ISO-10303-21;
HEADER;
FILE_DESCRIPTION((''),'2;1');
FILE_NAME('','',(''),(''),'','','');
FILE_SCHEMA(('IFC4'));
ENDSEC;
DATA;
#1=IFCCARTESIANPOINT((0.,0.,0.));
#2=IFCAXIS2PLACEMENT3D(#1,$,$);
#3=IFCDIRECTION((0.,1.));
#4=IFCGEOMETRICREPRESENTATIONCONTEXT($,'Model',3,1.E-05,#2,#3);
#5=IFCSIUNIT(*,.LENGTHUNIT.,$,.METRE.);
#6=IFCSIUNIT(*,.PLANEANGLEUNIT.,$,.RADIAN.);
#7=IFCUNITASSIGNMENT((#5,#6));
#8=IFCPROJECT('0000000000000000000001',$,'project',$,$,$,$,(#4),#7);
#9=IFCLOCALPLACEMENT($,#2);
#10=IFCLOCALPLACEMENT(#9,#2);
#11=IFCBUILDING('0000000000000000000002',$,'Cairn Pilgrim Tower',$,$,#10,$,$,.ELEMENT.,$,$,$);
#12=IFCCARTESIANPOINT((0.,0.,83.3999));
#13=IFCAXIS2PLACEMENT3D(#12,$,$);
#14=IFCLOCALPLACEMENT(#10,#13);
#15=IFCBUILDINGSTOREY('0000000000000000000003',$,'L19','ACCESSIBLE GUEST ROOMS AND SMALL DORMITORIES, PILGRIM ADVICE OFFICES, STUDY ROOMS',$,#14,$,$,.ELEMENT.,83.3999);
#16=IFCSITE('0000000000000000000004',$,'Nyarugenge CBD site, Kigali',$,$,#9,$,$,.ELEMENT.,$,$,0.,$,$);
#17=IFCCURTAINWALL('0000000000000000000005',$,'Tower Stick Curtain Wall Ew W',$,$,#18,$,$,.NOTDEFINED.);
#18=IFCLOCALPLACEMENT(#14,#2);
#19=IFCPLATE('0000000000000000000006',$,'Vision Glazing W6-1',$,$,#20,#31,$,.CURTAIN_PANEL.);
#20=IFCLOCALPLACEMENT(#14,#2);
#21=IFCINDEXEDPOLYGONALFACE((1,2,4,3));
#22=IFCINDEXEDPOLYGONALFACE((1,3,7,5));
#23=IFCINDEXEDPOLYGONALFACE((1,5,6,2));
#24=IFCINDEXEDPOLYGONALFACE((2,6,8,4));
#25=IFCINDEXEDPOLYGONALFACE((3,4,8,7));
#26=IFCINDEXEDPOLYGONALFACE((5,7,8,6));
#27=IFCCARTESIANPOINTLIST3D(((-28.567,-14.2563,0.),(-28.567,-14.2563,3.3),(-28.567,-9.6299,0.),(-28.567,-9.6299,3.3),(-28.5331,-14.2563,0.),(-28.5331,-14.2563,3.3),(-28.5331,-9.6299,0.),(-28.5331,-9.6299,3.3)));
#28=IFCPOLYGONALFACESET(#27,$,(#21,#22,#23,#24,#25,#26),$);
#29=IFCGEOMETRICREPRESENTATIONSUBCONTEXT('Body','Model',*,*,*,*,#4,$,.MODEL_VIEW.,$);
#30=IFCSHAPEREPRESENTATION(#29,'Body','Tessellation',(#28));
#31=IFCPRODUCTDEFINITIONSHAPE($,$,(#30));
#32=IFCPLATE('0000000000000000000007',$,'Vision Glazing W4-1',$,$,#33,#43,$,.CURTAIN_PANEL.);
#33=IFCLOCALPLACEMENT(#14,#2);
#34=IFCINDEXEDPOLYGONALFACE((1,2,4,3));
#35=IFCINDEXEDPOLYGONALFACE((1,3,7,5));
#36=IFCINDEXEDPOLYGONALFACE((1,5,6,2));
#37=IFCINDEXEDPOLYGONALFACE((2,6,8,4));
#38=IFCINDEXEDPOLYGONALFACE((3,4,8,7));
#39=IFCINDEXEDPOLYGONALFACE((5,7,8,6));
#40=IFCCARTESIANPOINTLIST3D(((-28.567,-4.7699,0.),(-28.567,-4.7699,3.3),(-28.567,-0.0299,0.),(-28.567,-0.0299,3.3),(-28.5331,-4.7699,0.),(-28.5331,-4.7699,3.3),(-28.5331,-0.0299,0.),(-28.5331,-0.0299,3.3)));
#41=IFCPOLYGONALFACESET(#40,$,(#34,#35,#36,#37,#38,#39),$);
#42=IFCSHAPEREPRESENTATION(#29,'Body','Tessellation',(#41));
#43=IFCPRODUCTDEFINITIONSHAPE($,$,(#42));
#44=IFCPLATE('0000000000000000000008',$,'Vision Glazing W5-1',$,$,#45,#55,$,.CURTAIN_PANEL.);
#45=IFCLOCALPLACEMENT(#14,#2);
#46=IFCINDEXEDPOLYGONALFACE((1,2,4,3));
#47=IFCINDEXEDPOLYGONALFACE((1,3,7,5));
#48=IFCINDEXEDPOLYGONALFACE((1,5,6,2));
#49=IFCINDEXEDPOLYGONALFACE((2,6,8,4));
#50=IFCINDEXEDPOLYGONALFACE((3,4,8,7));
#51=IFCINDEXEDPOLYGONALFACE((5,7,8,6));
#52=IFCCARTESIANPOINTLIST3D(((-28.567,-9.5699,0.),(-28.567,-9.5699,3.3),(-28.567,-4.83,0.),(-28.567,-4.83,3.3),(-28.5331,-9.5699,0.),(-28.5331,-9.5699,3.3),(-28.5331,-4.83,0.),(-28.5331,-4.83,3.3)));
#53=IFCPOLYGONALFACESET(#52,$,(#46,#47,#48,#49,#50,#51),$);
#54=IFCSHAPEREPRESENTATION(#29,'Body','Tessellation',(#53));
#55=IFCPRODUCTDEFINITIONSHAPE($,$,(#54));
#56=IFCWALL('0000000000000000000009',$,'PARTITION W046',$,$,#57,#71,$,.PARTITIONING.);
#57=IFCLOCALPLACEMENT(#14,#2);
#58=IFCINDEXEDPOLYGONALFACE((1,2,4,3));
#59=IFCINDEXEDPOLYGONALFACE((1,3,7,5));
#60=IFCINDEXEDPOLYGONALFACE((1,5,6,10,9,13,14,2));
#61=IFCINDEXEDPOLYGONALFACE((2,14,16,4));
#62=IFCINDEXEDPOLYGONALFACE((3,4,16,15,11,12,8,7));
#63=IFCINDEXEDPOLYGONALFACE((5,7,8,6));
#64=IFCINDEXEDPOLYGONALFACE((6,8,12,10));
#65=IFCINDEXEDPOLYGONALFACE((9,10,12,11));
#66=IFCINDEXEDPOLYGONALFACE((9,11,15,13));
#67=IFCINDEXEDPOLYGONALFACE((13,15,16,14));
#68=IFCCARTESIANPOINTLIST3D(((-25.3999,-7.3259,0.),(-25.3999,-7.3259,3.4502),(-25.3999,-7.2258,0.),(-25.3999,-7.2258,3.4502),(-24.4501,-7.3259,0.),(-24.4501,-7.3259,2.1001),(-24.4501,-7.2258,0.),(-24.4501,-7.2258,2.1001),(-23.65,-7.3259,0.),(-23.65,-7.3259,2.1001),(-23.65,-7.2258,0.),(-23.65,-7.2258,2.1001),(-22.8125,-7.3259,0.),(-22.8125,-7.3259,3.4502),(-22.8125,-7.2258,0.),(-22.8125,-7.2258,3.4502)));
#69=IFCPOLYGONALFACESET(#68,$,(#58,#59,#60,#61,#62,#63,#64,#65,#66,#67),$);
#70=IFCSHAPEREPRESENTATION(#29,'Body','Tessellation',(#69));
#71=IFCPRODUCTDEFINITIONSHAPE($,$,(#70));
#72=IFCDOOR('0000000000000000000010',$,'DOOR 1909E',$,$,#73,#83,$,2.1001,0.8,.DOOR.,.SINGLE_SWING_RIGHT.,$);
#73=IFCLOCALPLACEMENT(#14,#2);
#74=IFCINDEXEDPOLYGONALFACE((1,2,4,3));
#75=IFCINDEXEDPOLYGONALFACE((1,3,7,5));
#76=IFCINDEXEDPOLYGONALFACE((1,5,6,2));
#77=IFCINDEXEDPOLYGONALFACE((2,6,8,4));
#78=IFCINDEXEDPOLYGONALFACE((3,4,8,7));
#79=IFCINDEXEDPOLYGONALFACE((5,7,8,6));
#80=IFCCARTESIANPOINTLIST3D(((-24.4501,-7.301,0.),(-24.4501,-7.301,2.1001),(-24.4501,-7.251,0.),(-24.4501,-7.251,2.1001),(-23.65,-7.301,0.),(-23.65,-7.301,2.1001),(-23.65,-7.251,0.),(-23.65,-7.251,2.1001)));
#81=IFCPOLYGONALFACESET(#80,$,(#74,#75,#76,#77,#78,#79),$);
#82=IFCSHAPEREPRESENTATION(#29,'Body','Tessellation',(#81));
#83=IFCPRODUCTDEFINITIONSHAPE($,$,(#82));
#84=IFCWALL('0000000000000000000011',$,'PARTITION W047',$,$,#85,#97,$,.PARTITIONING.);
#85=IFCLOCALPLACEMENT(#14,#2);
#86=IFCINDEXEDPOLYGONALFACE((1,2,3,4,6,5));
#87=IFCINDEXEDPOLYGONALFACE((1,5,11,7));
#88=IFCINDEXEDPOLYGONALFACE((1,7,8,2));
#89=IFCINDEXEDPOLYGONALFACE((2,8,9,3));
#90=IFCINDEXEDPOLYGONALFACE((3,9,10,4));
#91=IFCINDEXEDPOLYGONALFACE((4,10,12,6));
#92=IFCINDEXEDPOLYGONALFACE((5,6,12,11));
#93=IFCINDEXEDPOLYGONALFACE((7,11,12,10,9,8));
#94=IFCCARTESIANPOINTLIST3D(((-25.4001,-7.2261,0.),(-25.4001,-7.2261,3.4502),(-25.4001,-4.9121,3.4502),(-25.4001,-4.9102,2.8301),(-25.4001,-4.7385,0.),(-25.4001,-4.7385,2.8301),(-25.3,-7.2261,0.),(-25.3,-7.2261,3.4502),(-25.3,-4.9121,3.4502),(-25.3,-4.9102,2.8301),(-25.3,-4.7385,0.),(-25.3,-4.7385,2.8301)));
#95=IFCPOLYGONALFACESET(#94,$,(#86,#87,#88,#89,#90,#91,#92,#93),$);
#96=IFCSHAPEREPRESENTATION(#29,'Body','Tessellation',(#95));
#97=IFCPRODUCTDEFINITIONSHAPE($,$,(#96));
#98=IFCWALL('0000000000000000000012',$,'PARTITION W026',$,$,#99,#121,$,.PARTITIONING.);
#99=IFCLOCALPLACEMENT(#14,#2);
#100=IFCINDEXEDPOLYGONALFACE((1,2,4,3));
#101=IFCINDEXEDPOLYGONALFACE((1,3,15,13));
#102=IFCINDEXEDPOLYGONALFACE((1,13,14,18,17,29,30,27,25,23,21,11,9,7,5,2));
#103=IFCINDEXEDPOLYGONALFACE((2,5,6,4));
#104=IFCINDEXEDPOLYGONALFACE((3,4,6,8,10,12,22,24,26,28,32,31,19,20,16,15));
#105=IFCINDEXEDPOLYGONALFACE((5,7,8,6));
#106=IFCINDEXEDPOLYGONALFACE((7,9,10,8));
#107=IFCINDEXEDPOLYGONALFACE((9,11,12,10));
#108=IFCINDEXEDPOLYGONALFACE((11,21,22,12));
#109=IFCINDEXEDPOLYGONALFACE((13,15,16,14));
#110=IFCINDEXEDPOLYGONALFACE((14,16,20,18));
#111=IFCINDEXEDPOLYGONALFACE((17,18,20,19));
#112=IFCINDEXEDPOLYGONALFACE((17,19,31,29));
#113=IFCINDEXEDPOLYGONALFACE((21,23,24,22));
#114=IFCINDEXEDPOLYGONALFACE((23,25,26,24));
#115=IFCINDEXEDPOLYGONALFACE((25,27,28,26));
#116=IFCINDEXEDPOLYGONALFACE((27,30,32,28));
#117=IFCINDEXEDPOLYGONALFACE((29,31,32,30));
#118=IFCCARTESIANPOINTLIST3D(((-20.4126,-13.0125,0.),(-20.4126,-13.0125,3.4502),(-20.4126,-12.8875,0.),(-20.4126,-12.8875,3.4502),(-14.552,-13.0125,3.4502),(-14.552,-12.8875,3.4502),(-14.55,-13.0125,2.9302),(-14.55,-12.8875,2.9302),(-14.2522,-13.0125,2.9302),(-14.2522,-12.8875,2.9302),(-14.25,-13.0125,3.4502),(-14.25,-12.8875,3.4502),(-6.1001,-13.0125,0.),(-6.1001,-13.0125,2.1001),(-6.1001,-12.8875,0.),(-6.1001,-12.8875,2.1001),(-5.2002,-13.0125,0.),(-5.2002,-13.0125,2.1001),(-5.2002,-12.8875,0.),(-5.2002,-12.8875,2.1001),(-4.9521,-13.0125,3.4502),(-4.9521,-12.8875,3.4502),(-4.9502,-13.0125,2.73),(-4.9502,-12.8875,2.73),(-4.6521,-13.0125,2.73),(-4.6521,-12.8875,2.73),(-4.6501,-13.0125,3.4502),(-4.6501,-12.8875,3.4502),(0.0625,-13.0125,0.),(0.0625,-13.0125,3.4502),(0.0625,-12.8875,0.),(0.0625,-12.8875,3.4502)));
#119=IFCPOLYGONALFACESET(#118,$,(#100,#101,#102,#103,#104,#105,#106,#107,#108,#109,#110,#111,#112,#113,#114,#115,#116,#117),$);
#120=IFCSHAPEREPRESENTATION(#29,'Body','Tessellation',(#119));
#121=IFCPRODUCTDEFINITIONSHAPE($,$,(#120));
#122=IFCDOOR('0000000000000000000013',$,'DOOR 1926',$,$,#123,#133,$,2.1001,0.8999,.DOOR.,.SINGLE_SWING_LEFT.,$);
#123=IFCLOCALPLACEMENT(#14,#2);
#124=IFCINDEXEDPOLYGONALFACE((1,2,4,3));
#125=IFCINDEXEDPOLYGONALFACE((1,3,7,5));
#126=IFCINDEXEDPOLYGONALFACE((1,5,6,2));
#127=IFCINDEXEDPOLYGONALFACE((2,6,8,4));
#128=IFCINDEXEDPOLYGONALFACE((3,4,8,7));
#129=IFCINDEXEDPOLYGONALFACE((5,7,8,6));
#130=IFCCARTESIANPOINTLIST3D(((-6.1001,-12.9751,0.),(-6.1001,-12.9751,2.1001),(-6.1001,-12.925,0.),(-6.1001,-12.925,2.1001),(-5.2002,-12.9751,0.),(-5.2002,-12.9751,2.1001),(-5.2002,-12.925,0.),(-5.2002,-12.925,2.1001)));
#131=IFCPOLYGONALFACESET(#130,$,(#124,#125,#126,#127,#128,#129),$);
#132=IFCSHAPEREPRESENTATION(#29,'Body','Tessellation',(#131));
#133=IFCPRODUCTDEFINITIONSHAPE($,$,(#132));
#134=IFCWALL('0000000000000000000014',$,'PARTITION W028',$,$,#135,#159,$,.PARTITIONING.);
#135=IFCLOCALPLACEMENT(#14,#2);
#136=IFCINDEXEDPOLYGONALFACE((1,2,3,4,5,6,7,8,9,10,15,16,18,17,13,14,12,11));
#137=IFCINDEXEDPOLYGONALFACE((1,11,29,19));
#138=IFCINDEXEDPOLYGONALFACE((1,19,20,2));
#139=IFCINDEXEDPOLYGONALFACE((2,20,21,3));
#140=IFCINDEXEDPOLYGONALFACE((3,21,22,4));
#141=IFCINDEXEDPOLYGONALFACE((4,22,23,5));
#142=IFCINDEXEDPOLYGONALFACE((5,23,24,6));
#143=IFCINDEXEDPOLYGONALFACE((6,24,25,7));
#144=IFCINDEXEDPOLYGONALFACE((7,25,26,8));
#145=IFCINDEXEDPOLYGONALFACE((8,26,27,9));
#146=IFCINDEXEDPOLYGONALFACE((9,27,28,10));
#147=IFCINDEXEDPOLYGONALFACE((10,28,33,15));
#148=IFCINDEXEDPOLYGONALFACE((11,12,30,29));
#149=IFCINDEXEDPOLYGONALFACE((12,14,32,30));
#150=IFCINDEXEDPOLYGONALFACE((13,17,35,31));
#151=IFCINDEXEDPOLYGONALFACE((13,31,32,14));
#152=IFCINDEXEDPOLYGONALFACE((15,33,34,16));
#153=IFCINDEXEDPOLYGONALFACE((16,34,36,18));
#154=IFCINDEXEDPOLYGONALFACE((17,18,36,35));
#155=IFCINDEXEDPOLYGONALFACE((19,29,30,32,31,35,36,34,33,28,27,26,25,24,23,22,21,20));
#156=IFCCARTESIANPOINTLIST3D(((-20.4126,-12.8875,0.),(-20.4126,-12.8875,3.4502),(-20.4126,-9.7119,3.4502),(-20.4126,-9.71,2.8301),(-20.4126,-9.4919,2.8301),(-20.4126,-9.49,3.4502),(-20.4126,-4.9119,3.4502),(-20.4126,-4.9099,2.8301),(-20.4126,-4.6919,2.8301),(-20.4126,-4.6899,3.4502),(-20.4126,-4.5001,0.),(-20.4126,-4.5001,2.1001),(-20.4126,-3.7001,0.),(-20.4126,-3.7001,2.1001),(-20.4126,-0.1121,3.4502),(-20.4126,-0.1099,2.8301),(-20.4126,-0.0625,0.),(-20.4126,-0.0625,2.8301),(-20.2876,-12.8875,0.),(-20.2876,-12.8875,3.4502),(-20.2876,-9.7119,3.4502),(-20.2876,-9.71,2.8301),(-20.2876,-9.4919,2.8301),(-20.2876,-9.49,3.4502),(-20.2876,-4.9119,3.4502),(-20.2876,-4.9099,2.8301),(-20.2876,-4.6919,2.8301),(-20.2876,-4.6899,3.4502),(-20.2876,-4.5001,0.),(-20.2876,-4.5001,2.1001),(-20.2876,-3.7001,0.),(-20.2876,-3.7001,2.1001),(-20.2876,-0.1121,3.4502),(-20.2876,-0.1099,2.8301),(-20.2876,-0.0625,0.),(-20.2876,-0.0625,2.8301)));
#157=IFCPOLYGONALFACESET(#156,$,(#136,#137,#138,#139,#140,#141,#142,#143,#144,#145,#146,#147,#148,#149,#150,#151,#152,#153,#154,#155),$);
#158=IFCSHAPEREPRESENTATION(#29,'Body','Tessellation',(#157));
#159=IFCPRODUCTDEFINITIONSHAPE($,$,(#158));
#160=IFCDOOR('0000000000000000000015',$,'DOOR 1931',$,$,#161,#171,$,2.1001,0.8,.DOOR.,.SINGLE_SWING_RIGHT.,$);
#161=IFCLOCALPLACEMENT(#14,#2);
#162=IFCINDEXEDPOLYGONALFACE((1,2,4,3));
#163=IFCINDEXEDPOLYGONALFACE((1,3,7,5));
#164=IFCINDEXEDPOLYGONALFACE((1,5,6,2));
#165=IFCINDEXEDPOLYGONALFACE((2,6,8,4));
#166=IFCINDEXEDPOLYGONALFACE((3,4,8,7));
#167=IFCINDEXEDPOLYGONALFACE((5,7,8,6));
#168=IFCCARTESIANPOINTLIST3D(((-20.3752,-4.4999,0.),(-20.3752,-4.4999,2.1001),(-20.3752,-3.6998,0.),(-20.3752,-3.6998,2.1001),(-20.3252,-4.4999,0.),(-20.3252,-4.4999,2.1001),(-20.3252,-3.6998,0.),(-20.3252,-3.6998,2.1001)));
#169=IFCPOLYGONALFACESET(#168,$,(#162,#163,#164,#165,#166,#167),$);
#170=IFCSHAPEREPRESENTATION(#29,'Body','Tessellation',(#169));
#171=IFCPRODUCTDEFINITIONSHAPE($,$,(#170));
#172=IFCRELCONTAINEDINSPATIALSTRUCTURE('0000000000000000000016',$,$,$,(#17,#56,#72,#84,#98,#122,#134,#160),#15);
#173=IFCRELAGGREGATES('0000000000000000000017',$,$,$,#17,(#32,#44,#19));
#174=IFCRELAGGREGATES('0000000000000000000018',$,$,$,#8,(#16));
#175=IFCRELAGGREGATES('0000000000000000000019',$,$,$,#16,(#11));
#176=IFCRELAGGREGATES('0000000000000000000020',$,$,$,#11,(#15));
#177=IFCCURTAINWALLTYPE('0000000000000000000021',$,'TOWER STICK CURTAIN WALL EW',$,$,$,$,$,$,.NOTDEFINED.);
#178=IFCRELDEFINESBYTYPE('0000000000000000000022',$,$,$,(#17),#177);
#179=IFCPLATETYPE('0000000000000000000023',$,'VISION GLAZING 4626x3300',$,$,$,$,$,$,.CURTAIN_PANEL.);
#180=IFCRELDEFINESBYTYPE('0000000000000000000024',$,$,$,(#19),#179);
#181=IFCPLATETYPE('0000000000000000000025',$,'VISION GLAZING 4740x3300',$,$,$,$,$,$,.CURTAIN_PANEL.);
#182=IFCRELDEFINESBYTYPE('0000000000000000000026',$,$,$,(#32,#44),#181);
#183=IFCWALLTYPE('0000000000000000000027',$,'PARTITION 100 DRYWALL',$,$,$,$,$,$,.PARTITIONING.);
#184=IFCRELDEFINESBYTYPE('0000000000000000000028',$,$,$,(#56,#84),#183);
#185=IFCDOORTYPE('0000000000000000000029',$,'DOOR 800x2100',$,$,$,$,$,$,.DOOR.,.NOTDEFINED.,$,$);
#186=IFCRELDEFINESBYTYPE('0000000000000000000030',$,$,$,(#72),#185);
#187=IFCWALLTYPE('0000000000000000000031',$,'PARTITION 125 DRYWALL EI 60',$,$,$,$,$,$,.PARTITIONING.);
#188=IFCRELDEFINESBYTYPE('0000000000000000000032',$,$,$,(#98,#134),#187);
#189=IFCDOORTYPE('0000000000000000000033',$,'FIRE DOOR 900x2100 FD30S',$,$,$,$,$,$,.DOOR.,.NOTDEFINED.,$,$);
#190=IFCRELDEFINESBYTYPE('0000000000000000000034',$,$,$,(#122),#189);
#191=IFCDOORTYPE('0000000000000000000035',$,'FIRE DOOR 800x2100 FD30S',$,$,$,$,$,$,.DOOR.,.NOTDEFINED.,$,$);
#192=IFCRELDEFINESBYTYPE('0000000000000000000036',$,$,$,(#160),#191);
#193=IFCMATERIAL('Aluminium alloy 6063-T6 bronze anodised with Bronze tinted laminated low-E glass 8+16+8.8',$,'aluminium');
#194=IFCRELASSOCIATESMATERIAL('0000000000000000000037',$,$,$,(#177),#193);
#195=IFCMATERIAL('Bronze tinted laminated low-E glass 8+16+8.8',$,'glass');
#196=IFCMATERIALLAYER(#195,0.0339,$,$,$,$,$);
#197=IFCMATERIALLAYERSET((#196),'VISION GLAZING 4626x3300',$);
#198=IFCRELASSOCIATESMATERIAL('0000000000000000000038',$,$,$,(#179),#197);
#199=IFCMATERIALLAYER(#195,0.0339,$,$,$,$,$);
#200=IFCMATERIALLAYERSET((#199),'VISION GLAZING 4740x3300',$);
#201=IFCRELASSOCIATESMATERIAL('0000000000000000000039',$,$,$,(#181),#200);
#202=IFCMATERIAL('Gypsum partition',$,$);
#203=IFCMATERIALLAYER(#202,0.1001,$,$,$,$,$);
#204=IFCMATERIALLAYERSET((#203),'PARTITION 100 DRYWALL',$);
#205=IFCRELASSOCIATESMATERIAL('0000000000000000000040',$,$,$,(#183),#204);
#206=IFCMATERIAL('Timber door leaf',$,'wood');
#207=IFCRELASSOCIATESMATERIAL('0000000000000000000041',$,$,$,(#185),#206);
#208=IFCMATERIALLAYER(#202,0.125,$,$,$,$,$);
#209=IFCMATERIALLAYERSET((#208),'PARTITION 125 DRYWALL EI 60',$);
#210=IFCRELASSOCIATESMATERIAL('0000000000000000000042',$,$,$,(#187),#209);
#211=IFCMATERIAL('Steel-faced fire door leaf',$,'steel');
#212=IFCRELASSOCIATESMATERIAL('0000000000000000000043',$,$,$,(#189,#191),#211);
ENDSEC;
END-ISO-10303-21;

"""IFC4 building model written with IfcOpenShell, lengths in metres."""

from ifc_helpers import new_model, si_unit, direction, frame, frame_2d, origin, origin_2d, place, context, subcontext, project, spatial, polyline, rectangle, outline, extrude, material, layer, layer_set, type_object, element, fill, aggregate, save


model = new_model("IFC4")

# Units and contexts
model_context = context("Model", 3, precision=1e-05, world=origin(), true_north=direction((0.0, 1.0)))
body_context = subcontext(model_context, "Body", "Model", "MODEL_VIEW")
ifc_project = project(units=[si_unit("LENGTHUNIT", "METRE"), si_unit("PLANEANGLEUNIT", "RADIAN")], contexts=[model_context])

# Site, building, storey
site_placement = place(None, origin())
site = spatial("IfcSite", under=ifc_project, at=site_placement, Name="Nyarugenge CBD site, Kigali", CompositionType="ELEMENT", RefElevation=0.0)
building_placement = place(site_placement, origin())
building = spatial("IfcBuilding", under=site, at=building_placement, Name="Cairn Pilgrim Tower", CompositionType="ELEMENT")
storey_placement = place(building_placement, frame((0.0, 0.0, 83.3999)))
storey = spatial("IfcBuildingStorey", under=building, at=storey_placement, Name="L19", Description="ACCESSIBLE GUEST ROOMS AND SMALL DORMITORIES, PILGRIM ADVICE OFFICES, STUDY ROOMS", CompositionType="ELEMENT", Elevation=83.3999)

# Curtain wall
ifc_material_1 = material(Name="Aluminium alloy 6063-T6 bronze anodised with Bronze tinted laminated low-E glass 8+16+8.8", Category="aluminium")
curtain_wall_type_1 = type_object("IfcCurtainWallType", Name="TOWER STICK CURTAIN WALL EW", PredefinedType="NOTDEFINED", material=ifc_material_1)
curtain_wall_1_placement = place(storey_placement, origin())
curtain_wall_1 = element("IfcCurtainWall", 1, at=curtain_wall_1_placement, inside=storey, type_object=curtain_wall_type_1, Name="Tower Stick Curtain Wall Ew W", PredefinedType="NOTDEFINED")

# Plates
ifc_material_2 = material(Name="Bronze tinted laminated low-E glass 8+16+8.8", Category="glass")
ifc_layer_1 = layer(ifc_material_2, 0.0339)
ifc_layer_set_1 = layer_set([ifc_layer_1], Name="VISION GLAZING 4626x3300")
plate_type_1 = type_object("IfcPlateType", Name="VISION GLAZING 4626x3300", PredefinedType="CURTAIN_PANEL", material=ifc_layer_set_1)
plate_1_placement = place(storey_placement, frame((-28.55, -11.9431, 0.0), z_axis=(0.0, 0.0, 1.0), x_axis=(0.0, -1.0, 0.0)))
plate_1 = element("IfcPlate", 2, at=plate_1_placement, type_object=plate_type_1, Name="Vision Glazing W6-1", PredefinedType="CURTAIN_PANEL", context=body_context, shape_type="SweptSolid", body=[
    extrude(rectangle(XDim=4.6265, YDim=0.0339, at=origin_2d()), origin(), (0.0, 0.0, 1.0), 3.3),
])
ifc_layer_2 = layer(ifc_material_2, 0.0339)
ifc_layer_set_2 = layer_set([ifc_layer_2], Name="VISION GLAZING 4740x3300")
plate_type_2 = type_object("IfcPlateType", Name="VISION GLAZING 4740x3300", PredefinedType="CURTAIN_PANEL", material=ifc_layer_set_2)
plate_2_placement = place(storey_placement, frame((-28.55, -2.3999, 0.0), z_axis=(0.0, 0.0, 1.0), x_axis=(0.0, -1.0, 0.0)))
plate_2 = element("IfcPlate", 3, at=plate_2_placement, type_object=plate_type_2, Name="Vision Glazing W4-1", PredefinedType="CURTAIN_PANEL", context=body_context, shape_type="SweptSolid", body=[
    extrude(rectangle(XDim=4.74, YDim=0.0339, at=origin_2d()), origin(), (0.0, 0.0, 1.0), 3.3),
])
plate_3_placement = place(storey_placement, frame((-28.55, -7.2, 0.0), z_axis=(0.0, 0.0, 1.0), x_axis=(0.0, -1.0, 0.0)))
plate_3 = element("IfcPlate", 4, at=plate_3_placement, type_object=plate_type_2, Name="Vision Glazing W5-1", PredefinedType="CURTAIN_PANEL", context=body_context, shape_type="SweptSolid", body=[
    extrude(rectangle(XDim=4.74, YDim=0.0339, at=origin_2d()), origin(), (0.0, 0.0, 1.0), 3.3),
])
aggregate(curtain_wall_1, [plate_2, plate_3, plate_1])

# Wall, opening, door
ifc_material_3 = material(Name="Gypsum partition")
ifc_layer_3 = layer(ifc_material_3, 0.1001)
ifc_layer_set_3 = layer_set([ifc_layer_3], Name="PARTITION 100 DRYWALL")
wall_type_1 = type_object("IfcWallType", Name="PARTITION 100 DRYWALL", PredefinedType="PARTITIONING", material=ifc_layer_set_3)
wall_1_placement = place(storey_placement, frame((-25.3999, -7.2759, 0.0), z_axis=(0.0, 0.0, 1.0), x_axis=(1.0, 0.0, 0.0)))
wall_1 = element("IfcWall", 5, at=wall_1_placement, inside=storey, type_object=wall_type_1, Name="PARTITION W046", PredefinedType="PARTITIONING", context=body_context, shape_type="SweptSolid", body=[
    extrude(rectangle(XDim=2.5874, YDim=0.1001, at=frame_2d((1.2937, 0.0))), origin(), (0.0, 0.0, 1.0), 3.4502),
])
opening_1_placement = place(wall_1_placement, frame((0.95, 0.0, 0.0)))
opening_1 = element("IfcOpeningElement", 6, at=opening_1_placement, cuts=wall_1, PredefinedType="OPENING", context=body_context, shape_type="SweptSolid", body=[
    extrude(rectangle(XDim=0.8, YDim=2.1001, at=frame_2d((0.3999, 1.05))), frame((0.0, 0.0601, 0.0), z_axis=(0.0, -1.0, 0.0), x_axis=(1.0, 0.0, 0.0)), (0.0, 0.0, 1.0), 0.1201),
])
ifc_material_4 = material(Name="Timber door leaf", Category="wood")
door_type_1 = type_object("IfcDoorType", Name="DOOR 800x2100", OperationType="NOTDEFINED", PredefinedType="DOOR", material=ifc_material_4)
door_1_placement = place(opening_1_placement, origin())
door_1 = element("IfcDoor", 7, at=door_1_placement, inside=storey, type_object=door_type_1, Name="DOOR 1909E", OperationType="SINGLE_SWING_RIGHT", OverallHeight=2.1001, OverallWidth=0.8, PredefinedType="DOOR", context=body_context, shape_type="SweptSolid", body=[
    extrude(rectangle(XDim=0.8, YDim=2.1001, at=frame_2d((0.3999, 1.05))), frame((0.0, 0.0249, 0.0), z_axis=(0.0, -1.0, 0.0), x_axis=(1.0, 0.0, 0.0)), (0.0, 0.0, 1.0), 0.05),
])
fill(opening_1, door_1)

# Wall
wall_2_placement = place(storey_placement, frame((-25.3501, -7.2261, 0.0), z_axis=(0.0, 0.0, 1.0), x_axis=(0.0, 1.0, 0.0)))
element("IfcWall", 8, at=wall_2_placement, inside=storey, type_object=wall_type_1, Name="PARTITION W047", PredefinedType="PARTITIONING", context=body_context, shape_type="SweptSolid", body=[
    extrude(outline(polyline([(0.0, 0.0), (2.4875, 0.0), (2.4875, 2.8301), (2.3159, 2.8301), (2.314, 3.4502), (0.0, 3.4502), (0.0, 0.0)])), frame((0.0, 0.05, 0.0), z_axis=(0.0, -1.0, 0.0), x_axis=(1.0, 0.0, 0.0)), (0.0, 0.0, 1.0), 0.1001),
])

# Walls, openings, doors
ifc_layer_4 = layer(ifc_material_3, 0.125)
ifc_layer_set_4 = layer_set([ifc_layer_4], Name="PARTITION 125 DRYWALL EI 60")
wall_type_2 = type_object("IfcWallType", Name="PARTITION 125 DRYWALL EI 60", PredefinedType="PARTITIONING", material=ifc_layer_set_4)
wall_3_placement = place(storey_placement, frame((-20.4126, -12.95, 0.0), z_axis=(0.0, 0.0, 1.0), x_axis=(1.0, 0.0, 0.0)))
wall_3 = element("IfcWall", 9, at=wall_3_placement, inside=storey, type_object=wall_type_2, Name="PARTITION W026", PredefinedType="PARTITIONING", context=body_context, shape_type="SweptSolid", body=[
    extrude(outline(polyline([(0.0, 0.0), (20.4751, 0.0), (20.4751, 3.4502), (15.7625, 3.4502), (15.7605, 2.73), (15.4624, 2.73), (15.4604, 3.4502), (6.1626, 3.4502), (6.1604, 2.9302), (5.8625, 2.9302), (5.8606, 3.4502), (0.0, 3.4502), (0.0, 0.0)])), frame((0.0, 0.0625, 0.0), z_axis=(0.0, -1.0, 0.0), x_axis=(1.0, 0.0, 0.0)), (0.0, 0.0, 1.0), 0.125),
])
opening_2_placement = place(wall_3_placement, frame((14.3125, 0.0, 0.0)))
opening_2 = element("IfcOpeningElement", 10, at=opening_2_placement, cuts=wall_3, PredefinedType="OPENING", context=body_context, shape_type="SweptSolid", body=[
    extrude(rectangle(XDim=0.8999, YDim=2.1001, at=frame_2d((0.45, 1.05))), frame((0.0, 0.0725, 0.0), z_axis=(0.0, -1.0, 0.0), x_axis=(1.0, 0.0, 0.0)), (0.0, 0.0, 1.0), 0.145),
])
ifc_material_5 = material(Name="Steel-faced fire door leaf", Category="steel")
door_type_2 = type_object("IfcDoorType", Name="FIRE DOOR 900x2100 FD30S", OperationType="NOTDEFINED", PredefinedType="DOOR", material=ifc_material_5)
door_2_placement = place(opening_2_placement, origin())
door_2 = element("IfcDoor", 11, at=door_2_placement, inside=storey, type_object=door_type_2, Name="DOOR 1926", OperationType="SINGLE_SWING_LEFT", OverallHeight=2.1001, OverallWidth=0.8999, PredefinedType="DOOR", context=body_context, shape_type="SweptSolid", body=[
    extrude(rectangle(XDim=0.8999, YDim=2.1001, at=frame_2d((0.45, 1.05))), frame((0.0, 0.0249, 0.0), z_axis=(0.0, -1.0, 0.0), x_axis=(1.0, 0.0, 0.0)), (0.0, 0.0, 1.0), 0.05),
])
fill(opening_2, door_2)
wall_4_placement = place(storey_placement, frame((-20.3501, -12.8875, 0.0), z_axis=(0.0, 0.0, 1.0), x_axis=(0.0, 1.0, 0.0)))
wall_4 = element("IfcWall", 12, at=wall_4_placement, inside=storey, type_object=wall_type_2, Name="PARTITION W028", PredefinedType="PARTITIONING", context=body_context, shape_type="SweptSolid", body=[
    extrude(outline(polyline([(0.0, 0.0), (12.825, 0.0), (12.825, 2.8301), (12.7776, 2.8301), (12.7754, 3.4502), (8.1975, 3.4502), (8.1956, 2.8301), (7.9775, 2.8301), (7.9756, 3.4502), (3.3975, 3.4502), (3.3955, 2.8301), (3.1775, 2.8301), (3.1755, 3.4502), (0.0, 3.4502), (0.0, 0.0)])), frame((0.0, 0.0625, 0.0), z_axis=(0.0, -1.0, 0.0), x_axis=(1.0, 0.0, 0.0)), (0.0, 0.0, 1.0), 0.125),
])
opening_3_placement = place(wall_4_placement, frame((8.3875, 0.0, 0.0)))
opening_3 = element("IfcOpeningElement", 13, at=opening_3_placement, cuts=wall_4, PredefinedType="OPENING", context=body_context, shape_type="SweptSolid", body=[
    extrude(rectangle(XDim=0.8, YDim=2.1001, at=frame_2d((0.3999, 1.05))), frame((0.0, 0.0725, 0.0), z_axis=(0.0, -1.0, 0.0), x_axis=(1.0, 0.0, 0.0)), (0.0, 0.0, 1.0), 0.145),
])
door_type_3 = type_object("IfcDoorType", Name="FIRE DOOR 800x2100 FD30S", OperationType="NOTDEFINED", PredefinedType="DOOR", material=ifc_material_5)
door_3_placement = place(opening_3_placement, frame((0.8, 0.0, 0.0), z_axis=(0.0, 0.0, 1.0), x_axis=(-1.0, 0.0, 0.0)))
door_3 = element("IfcDoor", 14, at=door_3_placement, inside=storey, type_object=door_type_3, Name="DOOR 1931", OperationType="SINGLE_SWING_RIGHT", OverallHeight=2.1001, OverallWidth=0.8, PredefinedType="DOOR", context=body_context, shape_type="SweptSolid", body=[
    extrude(rectangle(XDim=0.8, YDim=2.1001, at=frame_2d((0.3999, 1.05))), frame((0.0, 0.0249, 0.0), z_axis=(0.0, -1.0, 0.0), x_axis=(1.0, 0.0, 0.0)), (0.0, 0.0, 1.0), 0.05),
])
fill(opening_3, door_3)

save(model, "model.ifc")
